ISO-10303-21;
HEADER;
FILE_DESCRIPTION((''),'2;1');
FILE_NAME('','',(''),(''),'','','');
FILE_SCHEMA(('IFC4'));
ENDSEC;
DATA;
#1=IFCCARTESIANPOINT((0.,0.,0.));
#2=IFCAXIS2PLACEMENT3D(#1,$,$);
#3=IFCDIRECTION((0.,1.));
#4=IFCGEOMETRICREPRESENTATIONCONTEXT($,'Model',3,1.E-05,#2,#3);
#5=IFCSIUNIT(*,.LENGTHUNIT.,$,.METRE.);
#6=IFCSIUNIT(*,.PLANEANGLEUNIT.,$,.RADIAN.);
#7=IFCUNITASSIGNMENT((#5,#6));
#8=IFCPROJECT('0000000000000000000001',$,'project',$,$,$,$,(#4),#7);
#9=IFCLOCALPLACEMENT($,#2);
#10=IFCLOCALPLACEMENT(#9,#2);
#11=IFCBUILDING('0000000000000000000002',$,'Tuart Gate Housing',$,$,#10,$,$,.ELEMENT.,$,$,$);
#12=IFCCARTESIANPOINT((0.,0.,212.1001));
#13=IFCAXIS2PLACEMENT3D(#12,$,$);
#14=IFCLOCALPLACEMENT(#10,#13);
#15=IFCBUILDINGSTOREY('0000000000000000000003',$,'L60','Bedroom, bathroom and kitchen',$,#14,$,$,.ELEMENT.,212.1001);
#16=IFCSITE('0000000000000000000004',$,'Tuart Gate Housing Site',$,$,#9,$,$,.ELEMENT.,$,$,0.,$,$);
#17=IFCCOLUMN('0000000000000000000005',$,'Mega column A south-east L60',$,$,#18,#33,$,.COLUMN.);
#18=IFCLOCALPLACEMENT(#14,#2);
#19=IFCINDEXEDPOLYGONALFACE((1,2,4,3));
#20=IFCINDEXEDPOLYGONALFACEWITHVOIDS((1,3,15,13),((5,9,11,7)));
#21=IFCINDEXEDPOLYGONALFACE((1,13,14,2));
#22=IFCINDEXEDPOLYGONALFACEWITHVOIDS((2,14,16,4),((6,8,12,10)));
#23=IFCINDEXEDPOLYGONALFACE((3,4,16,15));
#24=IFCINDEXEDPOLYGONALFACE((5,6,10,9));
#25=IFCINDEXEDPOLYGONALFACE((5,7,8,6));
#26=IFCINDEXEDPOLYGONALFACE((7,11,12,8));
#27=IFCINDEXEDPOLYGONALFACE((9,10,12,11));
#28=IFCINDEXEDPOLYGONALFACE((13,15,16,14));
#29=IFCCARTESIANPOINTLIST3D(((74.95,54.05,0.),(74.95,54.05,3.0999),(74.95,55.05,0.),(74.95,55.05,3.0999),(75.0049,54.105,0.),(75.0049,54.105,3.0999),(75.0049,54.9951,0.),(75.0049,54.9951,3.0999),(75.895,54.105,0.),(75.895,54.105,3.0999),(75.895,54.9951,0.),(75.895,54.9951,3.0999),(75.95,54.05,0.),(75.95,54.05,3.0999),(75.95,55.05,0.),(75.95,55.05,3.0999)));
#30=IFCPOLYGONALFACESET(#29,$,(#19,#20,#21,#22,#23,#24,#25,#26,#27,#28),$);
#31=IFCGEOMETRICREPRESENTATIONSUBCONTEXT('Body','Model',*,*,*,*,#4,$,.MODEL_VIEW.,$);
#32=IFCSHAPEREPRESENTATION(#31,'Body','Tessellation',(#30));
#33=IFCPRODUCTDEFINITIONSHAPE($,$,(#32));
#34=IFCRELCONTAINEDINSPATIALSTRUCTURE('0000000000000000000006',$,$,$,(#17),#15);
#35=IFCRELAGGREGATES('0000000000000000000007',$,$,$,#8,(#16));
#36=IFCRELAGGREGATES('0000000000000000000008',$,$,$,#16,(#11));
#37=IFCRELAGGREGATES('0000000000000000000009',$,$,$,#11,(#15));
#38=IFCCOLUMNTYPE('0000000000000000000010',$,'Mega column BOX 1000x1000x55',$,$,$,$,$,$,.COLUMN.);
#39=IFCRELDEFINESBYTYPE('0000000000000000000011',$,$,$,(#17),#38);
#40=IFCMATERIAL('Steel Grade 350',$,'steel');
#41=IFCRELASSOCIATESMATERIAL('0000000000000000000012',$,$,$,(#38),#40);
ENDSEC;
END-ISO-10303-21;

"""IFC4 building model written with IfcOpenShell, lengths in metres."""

from ifc_helpers import new_model, si_unit, direction, frame, origin, origin_2d, place, context, subcontext, project, spatial, hollow_rectangle, extrude, material, material_profile, profile_set, type_object, element, save


model = new_model("IFC4")

# Units and contexts
model_context = context("Model", 3, precision=1e-05, world=origin(), true_north=direction((0.0, 1.0)))
body_context = subcontext(model_context, "Body", "Model", "MODEL_VIEW")
ifc_project = project(units=[si_unit("LENGTHUNIT", "METRE"), si_unit("PLANEANGLEUNIT", "RADIAN")], contexts=[model_context])

# Site, building, storey
site_placement = place(None, origin())
site = spatial("IfcSite", under=ifc_project, at=site_placement, Name="Tuart Gate Housing Site", CompositionType="ELEMENT", RefElevation=0.0)
building_placement = place(site_placement, origin())
building = spatial("IfcBuilding", under=site, at=building_placement, Name="Tuart Gate Housing", CompositionType="ELEMENT")
storey_placement = place(building_placement, frame((0.0, 0.0, 212.1001)))
storey = spatial("IfcBuildingStorey", under=building, at=storey_placement, Name="L60", Description="Bedroom, bathroom and kitchen", CompositionType="ELEMENT", Elevation=212.1001)

# Column
ifc_material_1 = material(Name="Steel Grade 350", Category="steel")
ifc_material_profile = material_profile(ifc_material_1, hollow_rectangle(XDim=1.0, YDim=1.0, WallThickness=0.0549, at=origin_2d()), Name="BOX 1000x1000x55")
ifc_profile_set = profile_set([ifc_material_profile], Name="Steel Grade 350")
column_type = type_object("IfcColumnType", Name="Mega column BOX 1000x1000x55", PredefinedType="COLUMN", material=ifc_profile_set)
column_placement = place(storey_placement, frame((75.45, 54.55, 0.0), z_axis=(0.0, 0.0, 1.0), x_axis=(1.0, 0.0, 0.0)))
element("IfcColumn", 1, at=column_placement, inside=storey, type_object=column_type, Name="Mega column A south-east L60", PredefinedType="COLUMN", context=body_context, shape_type="SweptSolid", body=[
    extrude(hollow_rectangle(XDim=1.0, YDim=1.0, WallThickness=0.0549, at=origin_2d()), origin(), (0.0, 0.0, 1.0), 3.0999),
])

save(model, "model.ifc")
